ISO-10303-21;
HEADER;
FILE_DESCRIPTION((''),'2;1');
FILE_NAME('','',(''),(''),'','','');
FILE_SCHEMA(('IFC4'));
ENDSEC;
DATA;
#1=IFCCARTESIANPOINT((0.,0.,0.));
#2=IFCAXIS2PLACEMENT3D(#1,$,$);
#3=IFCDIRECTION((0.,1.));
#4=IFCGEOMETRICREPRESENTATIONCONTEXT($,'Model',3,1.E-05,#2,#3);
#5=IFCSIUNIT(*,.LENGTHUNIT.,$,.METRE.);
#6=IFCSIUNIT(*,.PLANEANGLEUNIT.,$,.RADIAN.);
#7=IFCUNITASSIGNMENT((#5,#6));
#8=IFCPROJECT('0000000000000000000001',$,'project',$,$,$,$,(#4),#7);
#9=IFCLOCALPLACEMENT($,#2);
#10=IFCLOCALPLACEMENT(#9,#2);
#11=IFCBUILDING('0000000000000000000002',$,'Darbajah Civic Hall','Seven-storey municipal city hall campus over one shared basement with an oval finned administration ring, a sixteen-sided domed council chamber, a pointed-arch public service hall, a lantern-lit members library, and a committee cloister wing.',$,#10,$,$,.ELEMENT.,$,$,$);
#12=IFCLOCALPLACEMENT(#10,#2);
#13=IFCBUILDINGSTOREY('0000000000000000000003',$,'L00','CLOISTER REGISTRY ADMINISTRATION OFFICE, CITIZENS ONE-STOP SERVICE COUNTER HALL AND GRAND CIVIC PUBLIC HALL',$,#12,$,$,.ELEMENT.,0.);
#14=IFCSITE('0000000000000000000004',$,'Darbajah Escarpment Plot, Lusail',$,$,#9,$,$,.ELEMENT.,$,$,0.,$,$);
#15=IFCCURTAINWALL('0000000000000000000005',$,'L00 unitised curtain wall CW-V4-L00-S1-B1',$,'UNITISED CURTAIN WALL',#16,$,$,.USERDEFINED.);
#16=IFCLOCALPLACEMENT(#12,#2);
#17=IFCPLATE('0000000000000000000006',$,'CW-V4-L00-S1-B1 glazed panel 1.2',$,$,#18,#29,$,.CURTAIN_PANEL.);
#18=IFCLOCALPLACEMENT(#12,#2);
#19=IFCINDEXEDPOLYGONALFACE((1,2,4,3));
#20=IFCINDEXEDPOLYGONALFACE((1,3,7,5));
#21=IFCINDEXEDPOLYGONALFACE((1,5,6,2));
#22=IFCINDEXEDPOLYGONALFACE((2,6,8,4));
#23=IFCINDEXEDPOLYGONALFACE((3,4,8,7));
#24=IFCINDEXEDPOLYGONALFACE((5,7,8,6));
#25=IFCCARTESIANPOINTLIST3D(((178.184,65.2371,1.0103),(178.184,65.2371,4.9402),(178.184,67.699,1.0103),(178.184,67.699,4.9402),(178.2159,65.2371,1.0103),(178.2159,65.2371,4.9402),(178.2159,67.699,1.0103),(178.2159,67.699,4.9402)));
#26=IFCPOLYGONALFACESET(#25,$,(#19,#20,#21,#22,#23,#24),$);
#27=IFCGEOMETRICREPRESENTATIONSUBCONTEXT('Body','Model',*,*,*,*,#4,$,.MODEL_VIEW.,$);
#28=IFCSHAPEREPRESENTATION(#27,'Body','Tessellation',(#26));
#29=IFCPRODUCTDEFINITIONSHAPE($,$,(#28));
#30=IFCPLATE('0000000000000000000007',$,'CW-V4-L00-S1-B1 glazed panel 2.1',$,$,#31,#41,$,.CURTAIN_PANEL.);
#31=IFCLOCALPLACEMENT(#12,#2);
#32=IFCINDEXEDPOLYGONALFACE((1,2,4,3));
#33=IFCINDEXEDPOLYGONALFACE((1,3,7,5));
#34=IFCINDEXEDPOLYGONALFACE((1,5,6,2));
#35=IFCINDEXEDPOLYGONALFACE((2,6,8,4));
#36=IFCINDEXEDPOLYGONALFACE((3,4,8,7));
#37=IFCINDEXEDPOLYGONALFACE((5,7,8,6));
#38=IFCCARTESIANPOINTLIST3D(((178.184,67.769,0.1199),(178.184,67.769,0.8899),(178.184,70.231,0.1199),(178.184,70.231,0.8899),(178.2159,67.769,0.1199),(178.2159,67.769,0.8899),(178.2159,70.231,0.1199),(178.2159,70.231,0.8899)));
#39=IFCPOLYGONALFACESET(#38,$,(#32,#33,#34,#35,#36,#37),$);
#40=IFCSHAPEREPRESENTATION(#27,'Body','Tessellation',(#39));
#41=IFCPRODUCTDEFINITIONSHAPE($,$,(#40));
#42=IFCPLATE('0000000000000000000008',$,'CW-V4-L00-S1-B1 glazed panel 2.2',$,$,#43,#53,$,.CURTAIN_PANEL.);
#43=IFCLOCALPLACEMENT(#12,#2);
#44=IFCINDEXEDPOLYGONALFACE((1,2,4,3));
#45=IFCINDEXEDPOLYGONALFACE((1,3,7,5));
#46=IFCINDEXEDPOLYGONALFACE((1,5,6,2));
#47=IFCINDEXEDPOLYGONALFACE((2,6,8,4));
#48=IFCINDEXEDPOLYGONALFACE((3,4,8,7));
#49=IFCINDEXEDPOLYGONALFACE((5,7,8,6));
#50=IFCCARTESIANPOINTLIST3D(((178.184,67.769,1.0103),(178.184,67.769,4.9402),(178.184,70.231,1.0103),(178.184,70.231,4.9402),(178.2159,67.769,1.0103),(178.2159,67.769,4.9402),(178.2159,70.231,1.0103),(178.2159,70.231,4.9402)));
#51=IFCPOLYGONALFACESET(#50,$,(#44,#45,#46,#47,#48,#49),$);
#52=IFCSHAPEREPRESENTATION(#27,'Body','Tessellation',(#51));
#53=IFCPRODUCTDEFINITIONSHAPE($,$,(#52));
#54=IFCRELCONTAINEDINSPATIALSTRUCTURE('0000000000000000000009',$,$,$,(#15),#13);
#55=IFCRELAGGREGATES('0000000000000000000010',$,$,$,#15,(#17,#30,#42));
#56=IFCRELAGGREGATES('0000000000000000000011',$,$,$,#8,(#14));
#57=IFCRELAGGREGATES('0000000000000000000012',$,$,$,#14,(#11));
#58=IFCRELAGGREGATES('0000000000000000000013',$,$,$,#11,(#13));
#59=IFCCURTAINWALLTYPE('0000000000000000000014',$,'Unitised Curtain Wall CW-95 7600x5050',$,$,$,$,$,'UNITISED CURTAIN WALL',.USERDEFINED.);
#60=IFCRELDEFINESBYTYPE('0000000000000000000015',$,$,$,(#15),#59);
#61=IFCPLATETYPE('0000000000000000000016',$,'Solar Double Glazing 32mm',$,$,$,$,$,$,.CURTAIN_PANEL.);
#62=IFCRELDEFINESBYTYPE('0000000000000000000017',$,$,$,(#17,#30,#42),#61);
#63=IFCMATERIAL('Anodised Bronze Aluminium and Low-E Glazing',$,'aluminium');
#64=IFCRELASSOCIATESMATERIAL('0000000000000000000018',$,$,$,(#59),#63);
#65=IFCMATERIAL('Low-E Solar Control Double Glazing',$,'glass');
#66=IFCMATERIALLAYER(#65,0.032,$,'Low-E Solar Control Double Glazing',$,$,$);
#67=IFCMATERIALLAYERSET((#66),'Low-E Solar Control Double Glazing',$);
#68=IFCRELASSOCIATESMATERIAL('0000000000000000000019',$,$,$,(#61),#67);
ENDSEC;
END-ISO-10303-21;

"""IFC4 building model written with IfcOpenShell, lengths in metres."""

from ifc_helpers import new_model, si_unit, direction, frame, origin, origin_2d, place, context, subcontext, project, spatial, rectangle, extrude, material, layer, layer_set, type_object, element, aggregate, save


model = new_model("IFC4")

# Units and contexts
model_context = context("Model", 3, precision=1e-05, world=origin(), true_north=direction((0.0, 1.0)))
body_context = subcontext(model_context, "Body", "Model", "MODEL_VIEW")
ifc_project = project(units=[si_unit("LENGTHUNIT", "METRE"), si_unit("PLANEANGLEUNIT", "RADIAN")], contexts=[model_context])

# Site, building, storey
site_placement = place(None, origin())
site = spatial("IfcSite", under=ifc_project, at=site_placement, Name="Darbajah Escarpment Plot, Lusail", CompositionType="ELEMENT", RefElevation=0.0)
building_placement = place(site_placement, origin())
building = spatial("IfcBuilding", under=site, at=building_placement, Name="Darbajah Civic Hall", Description="Seven-storey municipal city hall campus over one shared basement with an oval finned administration ring, a sixteen-sided domed council chamber, a pointed-arch public service hall, a lantern-lit members library, and a committee cloister wing.", CompositionType="ELEMENT")
storey_placement = place(building_placement, origin())
storey = spatial("IfcBuildingStorey", under=building, at=storey_placement, Name="L00", Description="CLOISTER REGISTRY ADMINISTRATION OFFICE, CITIZENS ONE-STOP SERVICE COUNTER HALL AND GRAND CIVIC PUBLIC HALL", CompositionType="ELEMENT", Elevation=0.0)

# Curtain wall
ifc_material_1 = material(Name="Anodised Bronze Aluminium and Low-E Glazing", Category="aluminium")
curtain_wall_type = type_object("IfcCurtainWallType", Name="Unitised Curtain Wall CW-95 7600x5050", ElementType="UNITISED CURTAIN WALL", PredefinedType="USERDEFINED", material=ifc_material_1)
curtain_wall_placement = place(storey_placement, origin())
curtain_wall = element("IfcCurtainWall", 1, at=curtain_wall_placement, inside=storey, type_object=curtain_wall_type, Name="L00 unitised curtain wall CW-V4-L00-S1-B1", ObjectType="UNITISED CURTAIN WALL", PredefinedType="USERDEFINED")

# Plates
ifc_material_2 = material(Name="Low-E Solar Control Double Glazing", Category="glass")
ifc_layer = layer(ifc_material_2, 0.032, Name="Low-E Solar Control Double Glazing")
ifc_layer_set = layer_set([ifc_layer], Name="Low-E Solar Control Double Glazing")
plate_type = type_object("IfcPlateType", Name="Solar Double Glazing 32mm", PredefinedType="CURTAIN_PANEL", material=ifc_layer_set)
plate_1_placement = place(storey_placement, frame((178.2, 66.468, 1.0103), z_axis=(0.0, 0.0, 1.0), x_axis=(0.0, 1.0, 0.0)))
plate_1 = element("IfcPlate", 2, at=plate_1_placement, type_object=plate_type, Name="CW-V4-L00-S1-B1 glazed panel 1.2", PredefinedType="CURTAIN_PANEL", context=body_context, shape_type="SweptSolid", body=[
    extrude(rectangle(XDim=2.4619, YDim=0.032, at=origin_2d()), origin(), (0.0, 0.0, 1.0), 3.9299),
])
plate_2_placement = place(storey_placement, frame((178.2, 69.0, 0.1199), z_axis=(0.0, 0.0, 1.0), x_axis=(0.0, 1.0, 0.0)))
plate_2 = element("IfcPlate", 3, at=plate_2_placement, type_object=plate_type, Name="CW-V4-L00-S1-B1 glazed panel 2.1", PredefinedType="CURTAIN_PANEL", context=body_context, shape_type="SweptSolid", body=[
    extrude(rectangle(XDim=2.4619, YDim=0.032, at=origin_2d()), origin(), (0.0, 0.0, 1.0), 0.77),
])
plate_3_placement = place(storey_placement, frame((178.2, 69.0, 1.0103), z_axis=(0.0, 0.0, 1.0), x_axis=(0.0, 1.0, 0.0)))
plate_3 = element("IfcPlate", 4, at=plate_3_placement, type_object=plate_type, Name="CW-V4-L00-S1-B1 glazed panel 2.2", PredefinedType="CURTAIN_PANEL", context=body_context, shape_type="SweptSolid", body=[
    extrude(rectangle(XDim=2.4619, YDim=0.032, at=origin_2d()), origin(), (0.0, 0.0, 1.0), 3.9299),
])
aggregate(curtain_wall, [plate_1, plate_2, plate_3])

save(model, "model.ifc")
